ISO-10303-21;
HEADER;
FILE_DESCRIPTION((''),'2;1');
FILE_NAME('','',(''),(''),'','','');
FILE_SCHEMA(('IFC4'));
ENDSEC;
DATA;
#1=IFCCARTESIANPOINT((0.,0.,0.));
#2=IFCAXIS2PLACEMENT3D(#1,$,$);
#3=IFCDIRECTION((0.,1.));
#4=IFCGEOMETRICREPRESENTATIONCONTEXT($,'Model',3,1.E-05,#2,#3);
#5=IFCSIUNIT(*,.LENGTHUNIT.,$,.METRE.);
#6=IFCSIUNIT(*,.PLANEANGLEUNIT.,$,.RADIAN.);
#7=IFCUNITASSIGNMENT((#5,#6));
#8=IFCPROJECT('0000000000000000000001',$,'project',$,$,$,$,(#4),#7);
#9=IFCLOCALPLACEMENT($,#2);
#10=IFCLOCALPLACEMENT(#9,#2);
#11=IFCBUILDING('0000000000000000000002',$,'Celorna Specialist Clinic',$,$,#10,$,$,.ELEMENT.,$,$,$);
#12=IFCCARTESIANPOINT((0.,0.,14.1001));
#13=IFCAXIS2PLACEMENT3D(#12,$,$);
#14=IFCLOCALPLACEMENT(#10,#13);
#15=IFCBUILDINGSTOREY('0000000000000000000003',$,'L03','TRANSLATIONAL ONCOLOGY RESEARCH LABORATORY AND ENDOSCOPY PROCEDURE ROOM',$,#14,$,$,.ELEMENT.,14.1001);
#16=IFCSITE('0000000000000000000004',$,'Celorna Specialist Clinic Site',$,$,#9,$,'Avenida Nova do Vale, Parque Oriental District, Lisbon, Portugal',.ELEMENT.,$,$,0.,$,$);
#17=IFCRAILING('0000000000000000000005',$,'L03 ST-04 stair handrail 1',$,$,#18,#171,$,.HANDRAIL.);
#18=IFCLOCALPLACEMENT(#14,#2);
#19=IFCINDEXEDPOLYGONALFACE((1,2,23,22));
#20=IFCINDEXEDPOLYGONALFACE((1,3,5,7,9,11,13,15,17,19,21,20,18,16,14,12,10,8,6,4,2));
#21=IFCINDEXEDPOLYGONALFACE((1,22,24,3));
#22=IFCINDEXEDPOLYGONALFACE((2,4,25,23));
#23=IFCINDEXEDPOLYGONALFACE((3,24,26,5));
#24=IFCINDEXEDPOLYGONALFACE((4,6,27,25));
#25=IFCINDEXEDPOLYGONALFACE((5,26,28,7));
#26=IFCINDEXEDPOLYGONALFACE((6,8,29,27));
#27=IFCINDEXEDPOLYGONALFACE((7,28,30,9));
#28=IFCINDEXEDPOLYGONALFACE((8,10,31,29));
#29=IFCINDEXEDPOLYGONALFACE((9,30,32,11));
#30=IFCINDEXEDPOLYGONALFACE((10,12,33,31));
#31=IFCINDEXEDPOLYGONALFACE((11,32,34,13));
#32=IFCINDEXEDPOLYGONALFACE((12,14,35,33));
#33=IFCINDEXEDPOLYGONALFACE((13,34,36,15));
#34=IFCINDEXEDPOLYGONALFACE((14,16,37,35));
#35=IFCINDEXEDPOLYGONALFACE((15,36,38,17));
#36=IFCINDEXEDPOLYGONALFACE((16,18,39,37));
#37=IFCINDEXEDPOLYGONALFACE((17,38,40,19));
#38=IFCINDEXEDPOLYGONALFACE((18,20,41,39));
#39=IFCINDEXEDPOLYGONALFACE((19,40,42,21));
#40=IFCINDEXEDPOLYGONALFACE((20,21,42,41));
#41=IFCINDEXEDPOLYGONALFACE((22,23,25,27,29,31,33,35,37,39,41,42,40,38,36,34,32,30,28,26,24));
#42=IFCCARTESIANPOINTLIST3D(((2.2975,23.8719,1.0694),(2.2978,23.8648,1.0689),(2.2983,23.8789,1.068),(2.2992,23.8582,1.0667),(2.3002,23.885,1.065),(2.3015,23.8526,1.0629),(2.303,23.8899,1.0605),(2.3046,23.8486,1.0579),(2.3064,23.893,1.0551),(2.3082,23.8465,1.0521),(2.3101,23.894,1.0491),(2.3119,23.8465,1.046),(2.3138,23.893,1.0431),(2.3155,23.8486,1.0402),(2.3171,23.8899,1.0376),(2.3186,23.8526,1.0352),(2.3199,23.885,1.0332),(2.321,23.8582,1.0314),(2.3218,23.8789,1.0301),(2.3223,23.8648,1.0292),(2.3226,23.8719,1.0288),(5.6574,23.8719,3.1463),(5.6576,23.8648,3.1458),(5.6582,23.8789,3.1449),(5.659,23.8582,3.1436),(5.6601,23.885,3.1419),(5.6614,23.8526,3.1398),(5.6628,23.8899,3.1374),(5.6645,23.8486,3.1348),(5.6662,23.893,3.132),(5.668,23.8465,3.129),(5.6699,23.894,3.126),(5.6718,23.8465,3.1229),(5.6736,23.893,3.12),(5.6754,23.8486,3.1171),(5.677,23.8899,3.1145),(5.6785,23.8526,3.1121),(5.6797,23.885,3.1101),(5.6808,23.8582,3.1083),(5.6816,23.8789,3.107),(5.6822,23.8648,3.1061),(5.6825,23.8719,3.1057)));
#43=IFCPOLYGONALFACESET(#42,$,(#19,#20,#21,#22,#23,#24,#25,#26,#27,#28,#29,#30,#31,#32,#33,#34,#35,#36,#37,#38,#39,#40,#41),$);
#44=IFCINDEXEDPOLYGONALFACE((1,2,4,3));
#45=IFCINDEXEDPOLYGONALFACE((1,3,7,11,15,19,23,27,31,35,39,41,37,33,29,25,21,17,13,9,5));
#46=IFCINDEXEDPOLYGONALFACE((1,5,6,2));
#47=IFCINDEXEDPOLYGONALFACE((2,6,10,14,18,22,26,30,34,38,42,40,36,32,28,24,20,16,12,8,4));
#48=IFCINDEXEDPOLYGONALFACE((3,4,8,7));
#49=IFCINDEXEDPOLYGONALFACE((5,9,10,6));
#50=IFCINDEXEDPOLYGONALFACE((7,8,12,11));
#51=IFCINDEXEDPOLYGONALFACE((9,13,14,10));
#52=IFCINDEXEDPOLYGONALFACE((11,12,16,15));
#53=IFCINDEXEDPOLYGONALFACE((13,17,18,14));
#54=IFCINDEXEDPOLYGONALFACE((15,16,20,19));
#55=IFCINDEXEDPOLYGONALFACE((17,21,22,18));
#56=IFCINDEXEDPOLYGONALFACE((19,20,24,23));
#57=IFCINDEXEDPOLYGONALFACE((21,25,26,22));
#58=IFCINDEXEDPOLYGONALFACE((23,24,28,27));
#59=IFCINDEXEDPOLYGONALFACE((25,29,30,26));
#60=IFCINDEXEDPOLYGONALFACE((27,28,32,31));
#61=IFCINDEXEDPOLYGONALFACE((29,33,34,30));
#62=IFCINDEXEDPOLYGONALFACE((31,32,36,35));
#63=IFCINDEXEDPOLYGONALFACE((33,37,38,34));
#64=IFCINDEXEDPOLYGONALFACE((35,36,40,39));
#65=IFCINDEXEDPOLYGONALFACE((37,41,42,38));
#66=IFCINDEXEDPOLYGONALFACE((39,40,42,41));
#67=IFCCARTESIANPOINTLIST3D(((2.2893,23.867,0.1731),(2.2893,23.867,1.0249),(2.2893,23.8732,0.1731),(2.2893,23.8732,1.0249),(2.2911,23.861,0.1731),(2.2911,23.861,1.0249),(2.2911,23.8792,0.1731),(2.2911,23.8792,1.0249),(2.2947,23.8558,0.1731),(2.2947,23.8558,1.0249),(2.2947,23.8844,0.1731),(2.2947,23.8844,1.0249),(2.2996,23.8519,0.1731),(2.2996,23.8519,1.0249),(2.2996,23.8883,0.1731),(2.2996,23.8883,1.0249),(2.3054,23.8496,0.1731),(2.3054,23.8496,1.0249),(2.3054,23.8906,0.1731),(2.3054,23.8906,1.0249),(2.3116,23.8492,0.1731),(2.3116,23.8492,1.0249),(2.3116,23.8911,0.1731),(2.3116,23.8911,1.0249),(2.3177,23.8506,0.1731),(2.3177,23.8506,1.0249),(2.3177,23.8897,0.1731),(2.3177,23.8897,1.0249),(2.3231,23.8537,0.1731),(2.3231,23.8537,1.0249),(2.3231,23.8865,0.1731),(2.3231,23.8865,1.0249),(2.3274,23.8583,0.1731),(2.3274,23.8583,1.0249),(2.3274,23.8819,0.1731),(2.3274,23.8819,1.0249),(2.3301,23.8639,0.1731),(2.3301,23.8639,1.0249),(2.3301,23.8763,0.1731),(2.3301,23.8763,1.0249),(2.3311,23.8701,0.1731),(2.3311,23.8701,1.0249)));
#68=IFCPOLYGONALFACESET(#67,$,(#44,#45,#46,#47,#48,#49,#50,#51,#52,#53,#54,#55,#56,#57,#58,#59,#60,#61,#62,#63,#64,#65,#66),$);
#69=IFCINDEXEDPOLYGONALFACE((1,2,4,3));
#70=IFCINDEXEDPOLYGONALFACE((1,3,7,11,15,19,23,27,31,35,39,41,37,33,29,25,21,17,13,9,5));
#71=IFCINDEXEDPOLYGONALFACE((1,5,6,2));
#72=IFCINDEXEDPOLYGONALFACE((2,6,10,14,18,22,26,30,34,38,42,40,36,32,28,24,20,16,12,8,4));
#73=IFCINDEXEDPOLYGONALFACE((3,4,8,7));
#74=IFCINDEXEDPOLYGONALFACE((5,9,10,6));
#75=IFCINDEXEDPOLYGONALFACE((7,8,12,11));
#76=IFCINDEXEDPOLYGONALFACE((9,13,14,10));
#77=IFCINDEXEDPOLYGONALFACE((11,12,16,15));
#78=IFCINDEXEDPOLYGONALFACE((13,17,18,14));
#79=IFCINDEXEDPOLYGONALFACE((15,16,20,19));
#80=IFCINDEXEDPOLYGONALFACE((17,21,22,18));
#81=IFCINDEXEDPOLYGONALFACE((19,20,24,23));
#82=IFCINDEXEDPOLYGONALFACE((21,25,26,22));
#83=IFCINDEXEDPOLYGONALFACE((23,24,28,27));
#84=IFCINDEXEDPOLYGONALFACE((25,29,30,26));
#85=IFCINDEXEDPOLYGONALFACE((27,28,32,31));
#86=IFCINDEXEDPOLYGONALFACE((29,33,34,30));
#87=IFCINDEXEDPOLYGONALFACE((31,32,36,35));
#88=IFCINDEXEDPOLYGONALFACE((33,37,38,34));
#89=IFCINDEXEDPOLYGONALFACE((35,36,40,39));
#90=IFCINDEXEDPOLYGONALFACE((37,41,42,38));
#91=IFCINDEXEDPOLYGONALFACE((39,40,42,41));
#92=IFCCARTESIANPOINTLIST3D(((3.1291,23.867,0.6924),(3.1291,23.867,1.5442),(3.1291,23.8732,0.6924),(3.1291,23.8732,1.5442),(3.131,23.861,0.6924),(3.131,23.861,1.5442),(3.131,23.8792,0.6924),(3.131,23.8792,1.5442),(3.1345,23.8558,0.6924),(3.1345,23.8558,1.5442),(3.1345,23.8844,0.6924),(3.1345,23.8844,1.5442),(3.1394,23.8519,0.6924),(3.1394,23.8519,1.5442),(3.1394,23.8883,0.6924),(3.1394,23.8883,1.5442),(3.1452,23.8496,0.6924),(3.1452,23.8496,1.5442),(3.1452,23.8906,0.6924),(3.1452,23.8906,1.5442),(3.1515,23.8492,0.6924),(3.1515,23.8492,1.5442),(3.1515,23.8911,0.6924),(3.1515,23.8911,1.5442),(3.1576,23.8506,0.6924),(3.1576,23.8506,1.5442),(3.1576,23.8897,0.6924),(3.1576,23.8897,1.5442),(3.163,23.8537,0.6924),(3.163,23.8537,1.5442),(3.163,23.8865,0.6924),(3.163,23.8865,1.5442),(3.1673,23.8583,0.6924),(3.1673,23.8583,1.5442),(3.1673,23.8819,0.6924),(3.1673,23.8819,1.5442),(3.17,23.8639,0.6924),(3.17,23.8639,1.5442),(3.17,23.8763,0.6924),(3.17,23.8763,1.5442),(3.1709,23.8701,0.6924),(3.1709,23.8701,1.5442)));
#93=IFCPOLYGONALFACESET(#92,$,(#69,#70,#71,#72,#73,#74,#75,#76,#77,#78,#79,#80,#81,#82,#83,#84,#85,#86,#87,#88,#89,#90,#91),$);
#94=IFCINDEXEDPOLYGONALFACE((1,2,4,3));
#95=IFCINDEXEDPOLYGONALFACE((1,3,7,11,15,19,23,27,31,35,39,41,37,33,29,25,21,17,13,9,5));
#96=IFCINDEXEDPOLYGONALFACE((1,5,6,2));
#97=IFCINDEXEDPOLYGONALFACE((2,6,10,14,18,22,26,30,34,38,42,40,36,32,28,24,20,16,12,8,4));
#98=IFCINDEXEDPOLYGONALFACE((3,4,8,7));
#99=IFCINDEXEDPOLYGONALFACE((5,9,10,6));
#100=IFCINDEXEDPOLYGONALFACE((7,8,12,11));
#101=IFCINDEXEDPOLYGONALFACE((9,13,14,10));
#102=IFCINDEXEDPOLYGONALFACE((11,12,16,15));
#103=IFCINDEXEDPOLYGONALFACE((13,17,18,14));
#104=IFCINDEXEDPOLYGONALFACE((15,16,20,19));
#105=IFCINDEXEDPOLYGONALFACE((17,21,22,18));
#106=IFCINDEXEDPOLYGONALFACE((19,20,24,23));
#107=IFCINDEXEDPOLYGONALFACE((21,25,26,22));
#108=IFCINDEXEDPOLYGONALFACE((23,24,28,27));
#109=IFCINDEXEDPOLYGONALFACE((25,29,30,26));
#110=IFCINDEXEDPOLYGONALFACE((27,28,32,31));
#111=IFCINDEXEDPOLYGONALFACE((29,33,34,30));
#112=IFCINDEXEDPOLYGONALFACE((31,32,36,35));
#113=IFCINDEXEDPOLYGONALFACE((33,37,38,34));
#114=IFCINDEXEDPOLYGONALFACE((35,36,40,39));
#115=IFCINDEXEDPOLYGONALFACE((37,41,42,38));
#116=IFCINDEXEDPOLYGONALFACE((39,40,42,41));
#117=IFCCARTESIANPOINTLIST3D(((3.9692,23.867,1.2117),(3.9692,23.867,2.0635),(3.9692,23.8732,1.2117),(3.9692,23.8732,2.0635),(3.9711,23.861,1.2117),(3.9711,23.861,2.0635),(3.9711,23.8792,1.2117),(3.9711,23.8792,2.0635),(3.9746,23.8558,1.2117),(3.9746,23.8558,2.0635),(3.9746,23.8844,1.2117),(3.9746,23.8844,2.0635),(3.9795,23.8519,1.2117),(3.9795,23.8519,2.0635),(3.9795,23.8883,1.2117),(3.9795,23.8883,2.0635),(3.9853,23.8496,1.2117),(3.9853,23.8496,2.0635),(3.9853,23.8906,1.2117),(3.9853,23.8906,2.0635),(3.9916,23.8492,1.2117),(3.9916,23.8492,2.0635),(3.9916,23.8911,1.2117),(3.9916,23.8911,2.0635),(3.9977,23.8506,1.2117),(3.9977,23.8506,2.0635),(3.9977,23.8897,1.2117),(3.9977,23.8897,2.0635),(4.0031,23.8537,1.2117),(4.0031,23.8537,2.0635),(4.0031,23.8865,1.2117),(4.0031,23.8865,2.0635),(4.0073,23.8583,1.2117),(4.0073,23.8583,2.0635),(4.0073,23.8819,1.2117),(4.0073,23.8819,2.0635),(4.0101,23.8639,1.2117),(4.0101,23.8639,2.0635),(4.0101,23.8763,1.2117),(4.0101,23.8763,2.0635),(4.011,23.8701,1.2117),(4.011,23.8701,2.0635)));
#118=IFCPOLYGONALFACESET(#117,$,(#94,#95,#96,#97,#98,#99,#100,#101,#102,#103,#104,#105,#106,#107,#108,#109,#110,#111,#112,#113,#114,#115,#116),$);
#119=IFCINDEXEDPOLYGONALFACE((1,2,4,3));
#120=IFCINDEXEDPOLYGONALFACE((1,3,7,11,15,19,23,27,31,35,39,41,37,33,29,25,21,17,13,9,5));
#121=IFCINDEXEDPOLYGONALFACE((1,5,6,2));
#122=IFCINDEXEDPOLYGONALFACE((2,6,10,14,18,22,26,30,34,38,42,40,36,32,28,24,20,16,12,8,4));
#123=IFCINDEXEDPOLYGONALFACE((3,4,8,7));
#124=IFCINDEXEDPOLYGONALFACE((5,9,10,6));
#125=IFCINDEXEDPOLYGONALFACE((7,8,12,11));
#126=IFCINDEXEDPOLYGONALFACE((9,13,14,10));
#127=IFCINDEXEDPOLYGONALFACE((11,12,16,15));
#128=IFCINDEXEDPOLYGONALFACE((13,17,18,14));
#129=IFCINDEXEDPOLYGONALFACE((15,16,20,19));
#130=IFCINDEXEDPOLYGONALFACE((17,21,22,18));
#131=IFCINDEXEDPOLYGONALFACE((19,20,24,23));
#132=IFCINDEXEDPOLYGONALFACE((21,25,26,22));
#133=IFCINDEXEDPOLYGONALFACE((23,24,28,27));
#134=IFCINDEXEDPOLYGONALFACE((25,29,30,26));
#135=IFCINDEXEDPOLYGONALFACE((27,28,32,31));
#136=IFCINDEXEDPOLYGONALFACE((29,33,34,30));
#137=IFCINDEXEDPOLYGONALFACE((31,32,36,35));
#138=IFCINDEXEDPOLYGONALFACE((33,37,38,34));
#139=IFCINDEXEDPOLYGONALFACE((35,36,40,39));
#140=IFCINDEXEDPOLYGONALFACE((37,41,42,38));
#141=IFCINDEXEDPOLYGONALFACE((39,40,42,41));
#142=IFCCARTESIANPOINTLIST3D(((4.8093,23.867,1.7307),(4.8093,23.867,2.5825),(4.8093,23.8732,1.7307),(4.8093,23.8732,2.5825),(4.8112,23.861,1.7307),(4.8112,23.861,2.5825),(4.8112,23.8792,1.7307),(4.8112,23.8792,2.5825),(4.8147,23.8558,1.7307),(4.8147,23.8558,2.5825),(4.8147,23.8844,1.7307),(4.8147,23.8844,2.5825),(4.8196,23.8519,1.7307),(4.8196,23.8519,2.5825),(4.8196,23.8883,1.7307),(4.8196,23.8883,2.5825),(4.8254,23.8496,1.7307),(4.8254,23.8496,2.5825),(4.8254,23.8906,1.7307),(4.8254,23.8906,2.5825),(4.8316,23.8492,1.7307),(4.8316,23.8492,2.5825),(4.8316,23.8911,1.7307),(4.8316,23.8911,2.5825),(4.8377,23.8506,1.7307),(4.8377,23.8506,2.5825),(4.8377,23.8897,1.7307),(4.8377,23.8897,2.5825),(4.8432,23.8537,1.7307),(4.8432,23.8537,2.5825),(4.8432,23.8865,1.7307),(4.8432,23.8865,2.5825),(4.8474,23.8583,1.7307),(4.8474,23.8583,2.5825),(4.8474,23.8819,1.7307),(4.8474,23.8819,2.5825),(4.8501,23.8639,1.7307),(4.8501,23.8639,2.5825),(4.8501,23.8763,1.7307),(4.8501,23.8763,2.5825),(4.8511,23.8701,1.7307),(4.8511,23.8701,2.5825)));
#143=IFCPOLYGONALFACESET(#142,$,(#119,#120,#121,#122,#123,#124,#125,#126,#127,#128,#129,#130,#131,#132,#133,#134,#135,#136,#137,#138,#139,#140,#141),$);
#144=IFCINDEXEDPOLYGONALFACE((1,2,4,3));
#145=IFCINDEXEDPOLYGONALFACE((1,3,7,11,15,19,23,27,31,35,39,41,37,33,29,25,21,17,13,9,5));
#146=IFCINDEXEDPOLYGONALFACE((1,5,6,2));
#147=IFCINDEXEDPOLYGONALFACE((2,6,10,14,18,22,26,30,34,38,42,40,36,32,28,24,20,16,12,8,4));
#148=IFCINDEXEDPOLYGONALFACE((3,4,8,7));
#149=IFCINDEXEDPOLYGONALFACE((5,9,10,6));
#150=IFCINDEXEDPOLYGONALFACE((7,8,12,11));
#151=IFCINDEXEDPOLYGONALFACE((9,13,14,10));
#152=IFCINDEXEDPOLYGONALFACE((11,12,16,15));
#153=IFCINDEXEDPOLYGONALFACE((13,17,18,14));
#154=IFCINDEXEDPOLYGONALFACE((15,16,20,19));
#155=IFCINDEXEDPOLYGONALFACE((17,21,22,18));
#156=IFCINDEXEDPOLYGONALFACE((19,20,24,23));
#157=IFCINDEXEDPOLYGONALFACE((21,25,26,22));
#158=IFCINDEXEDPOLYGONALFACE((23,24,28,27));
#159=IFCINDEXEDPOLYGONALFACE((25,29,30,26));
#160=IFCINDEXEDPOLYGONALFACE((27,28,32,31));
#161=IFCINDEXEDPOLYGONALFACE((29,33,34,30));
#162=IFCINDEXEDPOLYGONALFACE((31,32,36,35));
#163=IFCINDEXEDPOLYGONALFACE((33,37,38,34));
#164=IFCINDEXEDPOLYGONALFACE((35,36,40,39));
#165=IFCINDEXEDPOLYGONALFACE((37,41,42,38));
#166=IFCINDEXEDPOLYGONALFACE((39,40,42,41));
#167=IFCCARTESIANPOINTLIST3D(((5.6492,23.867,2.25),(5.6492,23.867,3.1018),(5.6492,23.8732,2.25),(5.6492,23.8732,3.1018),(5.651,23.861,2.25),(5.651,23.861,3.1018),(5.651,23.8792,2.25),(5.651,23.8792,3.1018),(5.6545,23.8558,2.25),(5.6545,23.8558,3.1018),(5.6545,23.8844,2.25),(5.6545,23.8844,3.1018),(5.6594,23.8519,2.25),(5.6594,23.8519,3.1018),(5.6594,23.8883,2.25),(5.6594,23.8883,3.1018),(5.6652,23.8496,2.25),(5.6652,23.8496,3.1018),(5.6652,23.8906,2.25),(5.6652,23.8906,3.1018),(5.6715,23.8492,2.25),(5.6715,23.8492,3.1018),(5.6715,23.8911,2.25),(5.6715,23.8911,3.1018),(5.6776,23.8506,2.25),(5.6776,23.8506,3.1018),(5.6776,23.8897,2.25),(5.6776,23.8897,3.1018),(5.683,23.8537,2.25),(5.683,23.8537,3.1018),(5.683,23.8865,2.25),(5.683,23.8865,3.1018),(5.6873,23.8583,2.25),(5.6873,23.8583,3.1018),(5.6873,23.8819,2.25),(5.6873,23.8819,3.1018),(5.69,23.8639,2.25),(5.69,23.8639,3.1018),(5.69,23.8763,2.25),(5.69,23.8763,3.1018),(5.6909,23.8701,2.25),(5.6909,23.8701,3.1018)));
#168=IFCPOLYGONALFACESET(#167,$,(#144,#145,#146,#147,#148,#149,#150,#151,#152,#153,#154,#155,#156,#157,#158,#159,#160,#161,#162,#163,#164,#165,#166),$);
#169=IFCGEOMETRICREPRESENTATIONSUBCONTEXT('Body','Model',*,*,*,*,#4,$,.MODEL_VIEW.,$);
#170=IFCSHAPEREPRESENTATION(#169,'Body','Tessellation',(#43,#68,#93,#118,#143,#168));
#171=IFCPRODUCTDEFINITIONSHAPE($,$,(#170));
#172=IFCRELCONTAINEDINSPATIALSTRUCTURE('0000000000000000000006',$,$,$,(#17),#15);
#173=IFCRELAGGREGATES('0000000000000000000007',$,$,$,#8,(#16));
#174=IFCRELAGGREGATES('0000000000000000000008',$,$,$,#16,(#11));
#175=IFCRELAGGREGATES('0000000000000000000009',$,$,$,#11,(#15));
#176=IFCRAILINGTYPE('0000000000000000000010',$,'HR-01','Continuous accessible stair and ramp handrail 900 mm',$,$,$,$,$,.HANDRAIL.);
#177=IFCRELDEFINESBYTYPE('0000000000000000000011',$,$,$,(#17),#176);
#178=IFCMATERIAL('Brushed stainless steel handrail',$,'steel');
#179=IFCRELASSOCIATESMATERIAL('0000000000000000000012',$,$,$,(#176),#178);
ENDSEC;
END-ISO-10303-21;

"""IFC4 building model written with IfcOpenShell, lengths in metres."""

from ifc_helpers import new_model, si_unit, direction, frame, origin, origin_2d, place, context, subcontext, project, spatial, circle, extrude, material, type_object, element, save


model = new_model("IFC4")

# Units and contexts
model_context = context("Model", 3, precision=1e-05, world=origin(), true_north=direction((0.0, 1.0)))
body_context = subcontext(model_context, "Body", "Model", "MODEL_VIEW")
ifc_project = project(units=[si_unit("LENGTHUNIT", "METRE"), si_unit("PLANEANGLEUNIT", "RADIAN")], contexts=[model_context])

# Site, building, storey
site_placement = place(None, origin())
site = spatial("IfcSite", under=ifc_project, at=site_placement, Name="Celorna Specialist Clinic Site", LongName="Avenida Nova do Vale, Parque Oriental District, Lisbon, Portugal", CompositionType="ELEMENT", RefElevation=0.0)
building_placement = place(site_placement, origin())
building = spatial("IfcBuilding", under=site, at=building_placement, Name="Celorna Specialist Clinic", CompositionType="ELEMENT")
storey_placement = place(building_placement, frame((0.0, 0.0, 14.1001)))
storey = spatial("IfcBuildingStorey", under=building, at=storey_placement, Name="L03", Description="TRANSLATIONAL ONCOLOGY RESEARCH LABORATORY AND ENDOSCOPY PROCEDURE ROOM", CompositionType="ELEMENT", Elevation=14.1001)

# Railing
ifc_material_1 = material(Name="Brushed stainless steel handrail", Category="steel")
railing_type_1 = type_object("IfcRailingType", Name="HR-01", Description="Continuous accessible stair and ramp handrail 900 mm", PredefinedType="HANDRAIL", material=ifc_material_1)
railing_1_placement = place(storey_placement, frame((2.3101, 23.8701, 0.1731)))
element("IfcRailing", 1, at=railing_1_placement, inside=storey, type_object=railing_type_1, Name="L03 ST-04 stair handrail 1", PredefinedType="HANDRAIL", context=body_context, shape_type="SweptSolid", body=[
    extrude(circle(Radius=0.0239, at=origin_2d()), frame((0.0, 0.0, 0.876), z_axis=(0.850606, 0.0, 0.525803), x_axis=(0.0, 1.0, 0.0)), (0.0, 0.0, 1.0), 3.95),
    extrude(circle(Radius=0.021, at=origin_2d()), origin(), (0.0, 0.0, 1.0), 0.8518),
    extrude(circle(Radius=0.021, at=origin_2d()), frame((0.8398, 0.0, 0.5193)), (0.0, 0.0, 1.0), 0.8518),
    extrude(circle(Radius=0.021, at=origin_2d()), frame((1.6799, 0.0, 1.0386)), (0.0, 0.0, 1.0), 0.8518),
    extrude(circle(Radius=0.021, at=origin_2d()), frame((2.52, 0.0, 1.5576)), (0.0, 0.0, 1.0), 0.8518),
    extrude(circle(Radius=0.021, at=origin_2d()), frame((3.3599, 0.0, 2.0769)), (0.0, 0.0, 1.0), 0.8518),
])

save(model, "model.ifc")
